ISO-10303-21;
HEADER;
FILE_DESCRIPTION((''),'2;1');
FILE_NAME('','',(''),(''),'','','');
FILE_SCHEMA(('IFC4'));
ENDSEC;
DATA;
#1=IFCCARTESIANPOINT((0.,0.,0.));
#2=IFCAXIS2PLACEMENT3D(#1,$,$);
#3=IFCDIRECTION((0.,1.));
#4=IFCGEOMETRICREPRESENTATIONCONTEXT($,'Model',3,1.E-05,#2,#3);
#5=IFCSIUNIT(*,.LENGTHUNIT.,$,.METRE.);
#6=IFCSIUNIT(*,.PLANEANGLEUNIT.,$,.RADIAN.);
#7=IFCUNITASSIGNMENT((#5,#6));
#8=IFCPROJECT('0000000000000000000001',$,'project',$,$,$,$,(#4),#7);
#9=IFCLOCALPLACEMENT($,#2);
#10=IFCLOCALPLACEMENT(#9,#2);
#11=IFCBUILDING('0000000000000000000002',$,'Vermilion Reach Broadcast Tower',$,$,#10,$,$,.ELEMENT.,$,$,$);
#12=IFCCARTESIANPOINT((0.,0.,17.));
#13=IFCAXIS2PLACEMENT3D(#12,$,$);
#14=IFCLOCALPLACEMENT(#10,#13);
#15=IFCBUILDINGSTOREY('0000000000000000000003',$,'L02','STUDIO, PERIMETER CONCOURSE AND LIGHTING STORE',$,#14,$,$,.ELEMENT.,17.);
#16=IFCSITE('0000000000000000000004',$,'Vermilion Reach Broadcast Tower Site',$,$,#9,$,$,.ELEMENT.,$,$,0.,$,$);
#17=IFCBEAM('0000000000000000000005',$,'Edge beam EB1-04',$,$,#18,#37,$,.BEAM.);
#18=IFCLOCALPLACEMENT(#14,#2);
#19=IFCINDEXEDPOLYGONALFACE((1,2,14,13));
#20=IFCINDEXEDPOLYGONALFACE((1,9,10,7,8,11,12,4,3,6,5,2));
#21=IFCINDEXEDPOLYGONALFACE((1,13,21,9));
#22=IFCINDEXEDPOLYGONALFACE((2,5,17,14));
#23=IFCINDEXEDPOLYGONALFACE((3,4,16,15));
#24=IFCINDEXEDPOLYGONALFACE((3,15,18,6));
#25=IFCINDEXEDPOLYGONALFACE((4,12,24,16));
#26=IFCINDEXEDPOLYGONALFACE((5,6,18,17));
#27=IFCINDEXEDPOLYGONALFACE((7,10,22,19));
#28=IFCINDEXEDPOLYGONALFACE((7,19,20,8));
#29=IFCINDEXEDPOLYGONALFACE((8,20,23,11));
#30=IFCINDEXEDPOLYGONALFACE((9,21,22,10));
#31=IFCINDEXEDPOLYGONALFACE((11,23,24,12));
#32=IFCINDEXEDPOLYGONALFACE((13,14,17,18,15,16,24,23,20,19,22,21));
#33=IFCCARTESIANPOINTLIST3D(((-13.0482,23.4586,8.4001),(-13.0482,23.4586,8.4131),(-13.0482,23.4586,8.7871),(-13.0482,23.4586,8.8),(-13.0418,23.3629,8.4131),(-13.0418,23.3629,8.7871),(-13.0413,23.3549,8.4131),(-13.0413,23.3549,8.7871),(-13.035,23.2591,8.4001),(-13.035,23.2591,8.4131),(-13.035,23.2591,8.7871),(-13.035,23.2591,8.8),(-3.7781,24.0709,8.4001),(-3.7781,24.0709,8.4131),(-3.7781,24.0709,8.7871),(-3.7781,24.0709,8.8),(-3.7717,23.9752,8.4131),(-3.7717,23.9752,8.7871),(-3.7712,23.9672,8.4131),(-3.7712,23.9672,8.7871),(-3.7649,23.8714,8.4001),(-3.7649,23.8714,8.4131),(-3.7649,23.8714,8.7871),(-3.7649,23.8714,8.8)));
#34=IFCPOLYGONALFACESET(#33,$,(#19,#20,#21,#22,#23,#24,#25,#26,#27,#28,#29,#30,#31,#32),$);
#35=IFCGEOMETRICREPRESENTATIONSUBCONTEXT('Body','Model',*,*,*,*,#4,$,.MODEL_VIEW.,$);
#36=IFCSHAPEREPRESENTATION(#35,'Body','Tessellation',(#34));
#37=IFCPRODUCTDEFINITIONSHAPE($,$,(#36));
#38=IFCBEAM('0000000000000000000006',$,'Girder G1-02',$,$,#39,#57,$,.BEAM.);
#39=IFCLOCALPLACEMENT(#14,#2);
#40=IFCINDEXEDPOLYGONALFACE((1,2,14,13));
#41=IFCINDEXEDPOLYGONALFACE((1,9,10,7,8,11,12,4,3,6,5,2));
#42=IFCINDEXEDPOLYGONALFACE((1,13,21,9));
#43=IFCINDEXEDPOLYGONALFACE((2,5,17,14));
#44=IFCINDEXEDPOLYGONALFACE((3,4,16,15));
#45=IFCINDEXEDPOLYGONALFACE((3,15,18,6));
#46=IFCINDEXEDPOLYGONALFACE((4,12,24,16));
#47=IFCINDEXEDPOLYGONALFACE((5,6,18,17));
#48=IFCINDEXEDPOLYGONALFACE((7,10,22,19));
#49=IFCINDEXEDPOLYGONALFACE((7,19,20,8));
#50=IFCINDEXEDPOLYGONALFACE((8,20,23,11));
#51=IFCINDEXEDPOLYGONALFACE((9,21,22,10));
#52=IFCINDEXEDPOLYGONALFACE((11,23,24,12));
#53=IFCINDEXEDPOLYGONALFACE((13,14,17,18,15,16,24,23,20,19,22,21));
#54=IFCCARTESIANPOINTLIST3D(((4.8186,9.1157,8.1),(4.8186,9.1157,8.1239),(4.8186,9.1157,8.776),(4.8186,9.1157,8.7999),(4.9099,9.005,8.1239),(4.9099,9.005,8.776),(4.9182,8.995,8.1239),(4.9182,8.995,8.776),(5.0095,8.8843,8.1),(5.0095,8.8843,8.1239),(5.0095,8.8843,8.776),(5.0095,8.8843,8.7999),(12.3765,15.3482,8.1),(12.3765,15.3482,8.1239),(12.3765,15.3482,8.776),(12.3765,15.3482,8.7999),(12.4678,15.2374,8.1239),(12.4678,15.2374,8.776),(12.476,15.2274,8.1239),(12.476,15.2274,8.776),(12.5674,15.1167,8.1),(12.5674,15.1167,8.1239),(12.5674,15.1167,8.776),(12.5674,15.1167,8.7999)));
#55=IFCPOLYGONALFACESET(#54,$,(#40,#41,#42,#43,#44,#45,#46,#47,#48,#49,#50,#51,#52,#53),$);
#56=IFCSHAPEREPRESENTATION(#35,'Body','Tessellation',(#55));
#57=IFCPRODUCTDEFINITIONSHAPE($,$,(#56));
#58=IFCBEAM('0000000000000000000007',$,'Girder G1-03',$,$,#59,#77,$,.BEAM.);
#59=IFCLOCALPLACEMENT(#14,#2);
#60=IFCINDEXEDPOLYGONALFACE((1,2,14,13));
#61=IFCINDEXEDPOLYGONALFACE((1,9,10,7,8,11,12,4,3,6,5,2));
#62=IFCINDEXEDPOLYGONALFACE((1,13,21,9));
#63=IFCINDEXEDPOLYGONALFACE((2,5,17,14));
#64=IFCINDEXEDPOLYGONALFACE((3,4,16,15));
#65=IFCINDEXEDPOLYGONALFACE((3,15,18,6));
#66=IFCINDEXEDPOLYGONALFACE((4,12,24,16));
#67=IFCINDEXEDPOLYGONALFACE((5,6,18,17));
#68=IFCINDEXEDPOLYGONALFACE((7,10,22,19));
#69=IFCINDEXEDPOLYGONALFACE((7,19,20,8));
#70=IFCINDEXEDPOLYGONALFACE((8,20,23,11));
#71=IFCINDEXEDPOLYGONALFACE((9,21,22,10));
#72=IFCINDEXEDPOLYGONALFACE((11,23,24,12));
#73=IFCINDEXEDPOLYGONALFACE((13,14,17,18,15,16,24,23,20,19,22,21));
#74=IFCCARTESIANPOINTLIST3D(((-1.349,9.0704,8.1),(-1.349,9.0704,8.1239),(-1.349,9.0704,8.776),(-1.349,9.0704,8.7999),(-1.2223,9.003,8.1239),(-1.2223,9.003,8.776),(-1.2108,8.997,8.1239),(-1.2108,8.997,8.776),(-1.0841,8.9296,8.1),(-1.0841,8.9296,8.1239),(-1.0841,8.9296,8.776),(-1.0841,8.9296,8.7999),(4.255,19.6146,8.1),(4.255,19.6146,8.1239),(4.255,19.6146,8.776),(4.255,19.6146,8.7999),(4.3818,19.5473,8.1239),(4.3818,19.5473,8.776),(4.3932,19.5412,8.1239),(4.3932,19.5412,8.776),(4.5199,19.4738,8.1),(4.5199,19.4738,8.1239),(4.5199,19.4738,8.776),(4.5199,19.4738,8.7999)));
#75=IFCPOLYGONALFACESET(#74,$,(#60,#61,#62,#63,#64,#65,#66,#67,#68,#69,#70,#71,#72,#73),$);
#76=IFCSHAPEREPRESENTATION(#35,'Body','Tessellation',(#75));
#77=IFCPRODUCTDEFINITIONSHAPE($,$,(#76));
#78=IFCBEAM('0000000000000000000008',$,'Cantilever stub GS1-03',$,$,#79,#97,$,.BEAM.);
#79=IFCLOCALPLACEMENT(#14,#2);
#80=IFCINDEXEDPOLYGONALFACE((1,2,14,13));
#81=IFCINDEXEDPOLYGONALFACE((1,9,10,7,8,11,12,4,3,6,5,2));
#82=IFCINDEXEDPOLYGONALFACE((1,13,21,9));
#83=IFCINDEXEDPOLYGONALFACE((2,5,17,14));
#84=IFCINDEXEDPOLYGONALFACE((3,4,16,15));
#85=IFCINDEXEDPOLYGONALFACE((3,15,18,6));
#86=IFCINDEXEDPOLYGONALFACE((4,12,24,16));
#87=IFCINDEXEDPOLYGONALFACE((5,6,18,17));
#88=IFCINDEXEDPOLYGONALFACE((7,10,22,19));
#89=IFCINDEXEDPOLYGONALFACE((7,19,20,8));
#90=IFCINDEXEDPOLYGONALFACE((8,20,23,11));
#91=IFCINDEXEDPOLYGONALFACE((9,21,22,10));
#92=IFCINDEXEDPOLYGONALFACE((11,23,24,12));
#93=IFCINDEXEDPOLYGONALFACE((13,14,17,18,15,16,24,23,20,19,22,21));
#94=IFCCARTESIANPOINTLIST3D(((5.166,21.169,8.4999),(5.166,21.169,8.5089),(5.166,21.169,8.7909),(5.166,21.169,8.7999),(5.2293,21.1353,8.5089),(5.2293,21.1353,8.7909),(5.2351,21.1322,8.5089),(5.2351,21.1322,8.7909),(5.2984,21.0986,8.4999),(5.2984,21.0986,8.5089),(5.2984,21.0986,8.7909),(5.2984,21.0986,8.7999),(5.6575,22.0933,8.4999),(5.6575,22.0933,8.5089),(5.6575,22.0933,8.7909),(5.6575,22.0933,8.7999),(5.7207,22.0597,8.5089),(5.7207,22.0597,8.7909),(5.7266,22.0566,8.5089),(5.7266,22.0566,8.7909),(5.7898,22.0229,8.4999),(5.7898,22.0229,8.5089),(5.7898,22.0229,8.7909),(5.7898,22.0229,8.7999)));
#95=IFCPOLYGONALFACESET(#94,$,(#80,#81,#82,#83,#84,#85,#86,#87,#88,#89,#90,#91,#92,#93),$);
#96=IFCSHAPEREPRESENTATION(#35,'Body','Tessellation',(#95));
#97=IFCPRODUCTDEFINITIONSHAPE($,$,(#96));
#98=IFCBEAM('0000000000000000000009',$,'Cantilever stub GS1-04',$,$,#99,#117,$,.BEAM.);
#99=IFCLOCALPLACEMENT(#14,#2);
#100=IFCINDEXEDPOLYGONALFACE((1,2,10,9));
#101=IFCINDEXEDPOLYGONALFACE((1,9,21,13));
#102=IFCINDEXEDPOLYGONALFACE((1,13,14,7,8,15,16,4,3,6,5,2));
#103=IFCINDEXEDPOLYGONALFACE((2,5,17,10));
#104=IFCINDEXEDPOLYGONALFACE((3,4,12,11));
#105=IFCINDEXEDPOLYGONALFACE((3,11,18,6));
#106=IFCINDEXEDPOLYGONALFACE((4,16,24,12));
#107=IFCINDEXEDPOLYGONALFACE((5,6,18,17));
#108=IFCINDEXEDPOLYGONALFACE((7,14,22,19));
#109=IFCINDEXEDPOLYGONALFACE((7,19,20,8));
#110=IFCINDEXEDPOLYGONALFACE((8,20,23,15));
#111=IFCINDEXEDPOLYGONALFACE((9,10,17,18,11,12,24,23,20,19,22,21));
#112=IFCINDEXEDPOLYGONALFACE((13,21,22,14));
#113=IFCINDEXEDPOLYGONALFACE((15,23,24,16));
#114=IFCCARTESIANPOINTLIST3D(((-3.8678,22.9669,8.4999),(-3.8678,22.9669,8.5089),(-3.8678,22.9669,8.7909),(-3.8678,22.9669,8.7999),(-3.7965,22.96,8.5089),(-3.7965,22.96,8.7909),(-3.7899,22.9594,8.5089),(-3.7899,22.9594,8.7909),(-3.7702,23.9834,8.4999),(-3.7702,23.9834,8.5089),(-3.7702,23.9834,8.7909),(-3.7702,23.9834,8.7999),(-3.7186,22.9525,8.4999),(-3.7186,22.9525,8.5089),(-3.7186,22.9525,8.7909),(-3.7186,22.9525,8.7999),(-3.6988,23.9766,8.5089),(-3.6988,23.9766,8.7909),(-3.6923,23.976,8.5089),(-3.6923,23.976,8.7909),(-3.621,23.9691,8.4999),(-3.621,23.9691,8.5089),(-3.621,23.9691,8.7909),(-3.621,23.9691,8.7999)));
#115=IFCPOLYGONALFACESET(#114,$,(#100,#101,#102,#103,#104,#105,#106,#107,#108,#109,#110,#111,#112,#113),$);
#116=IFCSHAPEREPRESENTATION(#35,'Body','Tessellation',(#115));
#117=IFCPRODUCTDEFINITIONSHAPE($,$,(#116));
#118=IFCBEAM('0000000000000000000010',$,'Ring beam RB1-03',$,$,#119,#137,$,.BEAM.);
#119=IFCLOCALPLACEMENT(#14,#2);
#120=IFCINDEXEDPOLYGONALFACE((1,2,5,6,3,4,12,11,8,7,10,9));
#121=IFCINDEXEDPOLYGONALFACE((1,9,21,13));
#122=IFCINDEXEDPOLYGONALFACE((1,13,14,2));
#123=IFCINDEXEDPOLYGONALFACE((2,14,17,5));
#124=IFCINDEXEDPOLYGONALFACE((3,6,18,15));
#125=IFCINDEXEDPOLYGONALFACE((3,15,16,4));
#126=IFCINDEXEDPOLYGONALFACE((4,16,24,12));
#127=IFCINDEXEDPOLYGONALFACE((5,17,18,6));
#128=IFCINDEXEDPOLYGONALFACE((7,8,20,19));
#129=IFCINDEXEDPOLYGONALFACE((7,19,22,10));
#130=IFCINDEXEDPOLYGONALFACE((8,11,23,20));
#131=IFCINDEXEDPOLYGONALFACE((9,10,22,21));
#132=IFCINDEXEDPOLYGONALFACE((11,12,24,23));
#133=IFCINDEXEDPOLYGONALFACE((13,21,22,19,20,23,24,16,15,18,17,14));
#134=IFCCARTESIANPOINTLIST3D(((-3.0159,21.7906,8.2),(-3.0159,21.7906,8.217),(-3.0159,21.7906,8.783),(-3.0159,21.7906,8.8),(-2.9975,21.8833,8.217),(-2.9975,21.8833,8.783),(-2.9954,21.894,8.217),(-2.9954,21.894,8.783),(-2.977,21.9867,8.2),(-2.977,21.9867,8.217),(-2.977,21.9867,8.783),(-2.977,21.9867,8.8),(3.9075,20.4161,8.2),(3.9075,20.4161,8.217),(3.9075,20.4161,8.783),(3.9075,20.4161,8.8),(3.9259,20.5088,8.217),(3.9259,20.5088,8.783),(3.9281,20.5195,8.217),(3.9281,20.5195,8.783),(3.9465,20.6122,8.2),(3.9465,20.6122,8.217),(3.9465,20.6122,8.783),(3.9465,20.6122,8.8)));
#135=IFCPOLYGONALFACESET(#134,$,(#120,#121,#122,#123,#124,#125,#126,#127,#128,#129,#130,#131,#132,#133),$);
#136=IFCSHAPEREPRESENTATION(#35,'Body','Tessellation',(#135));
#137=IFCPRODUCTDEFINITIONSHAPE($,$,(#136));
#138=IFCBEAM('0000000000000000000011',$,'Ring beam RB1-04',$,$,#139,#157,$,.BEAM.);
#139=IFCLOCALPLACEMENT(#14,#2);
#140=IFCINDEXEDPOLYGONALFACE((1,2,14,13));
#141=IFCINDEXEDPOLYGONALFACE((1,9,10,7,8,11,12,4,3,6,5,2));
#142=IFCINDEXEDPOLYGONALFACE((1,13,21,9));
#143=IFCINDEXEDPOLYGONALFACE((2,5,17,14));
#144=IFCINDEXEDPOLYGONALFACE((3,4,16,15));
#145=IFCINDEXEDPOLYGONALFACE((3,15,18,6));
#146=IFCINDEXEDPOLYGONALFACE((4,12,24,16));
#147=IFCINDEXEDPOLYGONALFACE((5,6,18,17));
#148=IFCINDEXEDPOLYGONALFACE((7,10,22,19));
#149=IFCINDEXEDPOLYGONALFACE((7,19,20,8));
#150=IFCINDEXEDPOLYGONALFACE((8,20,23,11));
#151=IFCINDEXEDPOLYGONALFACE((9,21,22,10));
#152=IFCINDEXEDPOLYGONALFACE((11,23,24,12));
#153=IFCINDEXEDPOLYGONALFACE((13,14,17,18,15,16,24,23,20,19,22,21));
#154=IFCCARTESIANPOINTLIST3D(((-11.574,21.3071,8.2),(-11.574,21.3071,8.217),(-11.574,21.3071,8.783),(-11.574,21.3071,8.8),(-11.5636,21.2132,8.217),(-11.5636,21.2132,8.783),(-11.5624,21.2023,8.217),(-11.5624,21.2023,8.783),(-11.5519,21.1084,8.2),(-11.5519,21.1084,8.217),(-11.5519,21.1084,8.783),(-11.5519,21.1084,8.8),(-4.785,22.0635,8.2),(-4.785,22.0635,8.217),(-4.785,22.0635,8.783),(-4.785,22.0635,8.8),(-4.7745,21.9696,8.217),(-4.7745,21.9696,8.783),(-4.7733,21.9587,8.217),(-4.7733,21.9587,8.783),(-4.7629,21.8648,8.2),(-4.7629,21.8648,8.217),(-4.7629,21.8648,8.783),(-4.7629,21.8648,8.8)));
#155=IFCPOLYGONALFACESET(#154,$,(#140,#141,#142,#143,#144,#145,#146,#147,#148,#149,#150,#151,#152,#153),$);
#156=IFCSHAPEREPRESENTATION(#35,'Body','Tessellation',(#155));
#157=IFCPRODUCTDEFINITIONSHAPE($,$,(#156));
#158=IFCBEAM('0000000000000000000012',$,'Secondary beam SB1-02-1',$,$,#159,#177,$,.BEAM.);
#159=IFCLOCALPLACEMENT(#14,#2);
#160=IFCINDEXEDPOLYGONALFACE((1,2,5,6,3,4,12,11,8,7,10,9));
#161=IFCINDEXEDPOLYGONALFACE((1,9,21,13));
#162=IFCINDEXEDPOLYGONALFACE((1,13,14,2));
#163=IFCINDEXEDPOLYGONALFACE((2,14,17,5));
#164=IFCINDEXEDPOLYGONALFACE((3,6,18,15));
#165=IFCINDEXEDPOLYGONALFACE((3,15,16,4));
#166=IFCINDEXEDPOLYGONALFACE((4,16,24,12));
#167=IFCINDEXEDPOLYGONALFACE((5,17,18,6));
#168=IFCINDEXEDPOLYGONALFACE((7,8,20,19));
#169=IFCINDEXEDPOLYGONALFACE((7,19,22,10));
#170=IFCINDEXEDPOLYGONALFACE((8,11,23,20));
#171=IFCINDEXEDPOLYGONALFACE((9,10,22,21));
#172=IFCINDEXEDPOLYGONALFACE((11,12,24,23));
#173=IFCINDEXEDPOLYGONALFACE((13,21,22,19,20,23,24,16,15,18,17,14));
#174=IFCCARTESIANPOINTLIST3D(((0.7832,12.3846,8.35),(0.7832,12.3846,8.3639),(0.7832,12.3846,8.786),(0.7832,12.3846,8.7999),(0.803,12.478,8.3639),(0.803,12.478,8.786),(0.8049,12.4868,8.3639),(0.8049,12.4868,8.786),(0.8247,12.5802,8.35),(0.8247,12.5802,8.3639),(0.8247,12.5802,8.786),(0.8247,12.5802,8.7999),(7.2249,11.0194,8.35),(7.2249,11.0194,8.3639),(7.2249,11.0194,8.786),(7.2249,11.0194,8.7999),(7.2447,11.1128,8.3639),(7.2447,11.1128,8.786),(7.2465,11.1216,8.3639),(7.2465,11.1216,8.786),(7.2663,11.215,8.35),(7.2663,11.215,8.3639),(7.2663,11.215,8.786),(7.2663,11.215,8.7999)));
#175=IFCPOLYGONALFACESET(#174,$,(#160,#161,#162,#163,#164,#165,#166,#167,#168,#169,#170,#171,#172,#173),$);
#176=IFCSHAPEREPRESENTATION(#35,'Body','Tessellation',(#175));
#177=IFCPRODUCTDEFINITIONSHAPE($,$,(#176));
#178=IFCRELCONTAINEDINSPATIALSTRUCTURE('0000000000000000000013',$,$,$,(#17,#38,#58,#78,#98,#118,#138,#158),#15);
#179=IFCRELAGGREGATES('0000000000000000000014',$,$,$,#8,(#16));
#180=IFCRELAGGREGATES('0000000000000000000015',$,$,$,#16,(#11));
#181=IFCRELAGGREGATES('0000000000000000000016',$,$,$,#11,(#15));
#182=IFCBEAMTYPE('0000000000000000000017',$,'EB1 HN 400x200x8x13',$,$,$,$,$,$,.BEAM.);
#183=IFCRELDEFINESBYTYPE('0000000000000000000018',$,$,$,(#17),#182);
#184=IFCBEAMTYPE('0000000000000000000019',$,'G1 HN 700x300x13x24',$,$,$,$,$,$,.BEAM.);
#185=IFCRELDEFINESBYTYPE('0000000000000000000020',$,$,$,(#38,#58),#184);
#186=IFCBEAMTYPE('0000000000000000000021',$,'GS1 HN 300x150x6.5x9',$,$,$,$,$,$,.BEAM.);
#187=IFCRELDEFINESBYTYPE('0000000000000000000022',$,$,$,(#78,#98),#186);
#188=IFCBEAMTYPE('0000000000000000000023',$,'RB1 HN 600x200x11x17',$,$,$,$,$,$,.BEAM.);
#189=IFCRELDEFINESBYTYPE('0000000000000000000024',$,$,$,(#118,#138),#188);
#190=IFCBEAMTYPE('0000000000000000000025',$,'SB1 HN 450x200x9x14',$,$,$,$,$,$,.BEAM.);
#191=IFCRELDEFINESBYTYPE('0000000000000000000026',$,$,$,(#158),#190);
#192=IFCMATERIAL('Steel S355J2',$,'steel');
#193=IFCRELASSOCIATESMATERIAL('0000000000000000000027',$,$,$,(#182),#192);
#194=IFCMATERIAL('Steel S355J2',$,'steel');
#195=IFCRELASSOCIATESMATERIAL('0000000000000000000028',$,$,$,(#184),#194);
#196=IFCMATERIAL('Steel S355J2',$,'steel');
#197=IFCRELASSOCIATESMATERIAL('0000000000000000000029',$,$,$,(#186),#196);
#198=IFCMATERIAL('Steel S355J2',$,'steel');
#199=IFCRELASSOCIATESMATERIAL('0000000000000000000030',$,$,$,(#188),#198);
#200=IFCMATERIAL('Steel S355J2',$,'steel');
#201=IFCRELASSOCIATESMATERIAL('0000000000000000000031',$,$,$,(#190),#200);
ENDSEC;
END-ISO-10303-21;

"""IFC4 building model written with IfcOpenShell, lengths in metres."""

from ifc_helpers import new_model, si_unit, direction, frame, origin, origin_2d, place, context, subcontext, project, spatial, i_section, extrude, material, material_profile, profile_set, type_object, element, save


model = new_model("IFC4")

# Units and contexts
model_context = context("Model", 3, precision=1e-05, world=origin(), true_north=direction((0.0, 1.0)))
body_context = subcontext(model_context, "Body", "Model", "MODEL_VIEW")
ifc_project = project(units=[si_unit("LENGTHUNIT", "METRE"), si_unit("PLANEANGLEUNIT", "RADIAN")], contexts=[model_context])

# Site, building, storey
site_placement = place(None, origin())
site = spatial("IfcSite", under=ifc_project, at=site_placement, Name="Vermilion Reach Broadcast Tower Site", CompositionType="ELEMENT", RefElevation=0.0)
building_placement = place(site_placement, origin())
building = spatial("IfcBuilding", under=site, at=building_placement, Name="Vermilion Reach Broadcast Tower", CompositionType="ELEMENT")
storey_placement = place(building_placement, frame((0.0, 0.0, 17.0)))
storey = spatial("IfcBuildingStorey", under=building, at=storey_placement, Name="L02", Description="STUDIO, PERIMETER CONCOURSE AND LIGHTING STORE", CompositionType="ELEMENT", Elevation=17.0)

# Beams
ifc_material_1 = material(Name="Steel S355J2", Category="steel")
ifc_material_profile_1 = material_profile(ifc_material_1, i_section(OverallWidth=0.2, OverallDepth=0.3999, WebThickness=0.0081, FlangeThickness=0.0129, at=origin_2d()), Name="S355J2 HN 400x200x8x13")
ifc_profile_set_1 = profile_set([ifc_material_profile_1], Name="Steel S355J2")
beam_type_1 = type_object("IfcBeamType", Name="EB1 HN 400x200x8x13", PredefinedType="BEAM", material=ifc_profile_set_1)
beam_1_placement = place(storey_placement, frame((-3.7715, 23.9712, 8.6001), z_axis=(-0.997826, -0.065909, 0.0), x_axis=(0.065909, -0.997826, 0.0)))
element("IfcBeam", 1, at=beam_1_placement, inside=storey, type_object=beam_type_1, Name="Edge beam EB1-04", PredefinedType="BEAM", context=body_context, shape_type="SweptSolid", body=[
    extrude(i_section(OverallWidth=0.2, OverallDepth=0.3999, WebThickness=0.0081, FlangeThickness=0.0129, at=origin_2d()), origin(), (0.0, 0.0, 1.0), 9.2903),
])
ifc_material_2 = material(Name="Steel S355J2", Category="steel")
ifc_material_profile_2 = material_profile(ifc_material_2, i_section(OverallWidth=0.3, OverallDepth=0.7, WebThickness=0.0129, FlangeThickness=0.0239, at=origin_2d()), Name="S355J2 HN 700x300x13x24")
ifc_profile_set_2 = profile_set([ifc_material_profile_2], Name="Steel S355J2")
beam_type_2 = type_object("IfcBeamType", Name="G1 HN 700x300x13x24", PredefinedType="BEAM", material=ifc_profile_set_2)
beam_2_placement = place(storey_placement, frame((4.9141, 9.0, 8.45), z_axis=(0.771514, 0.636212, 0.0), x_axis=(-0.636212, 0.771514, 0.0)))
element("IfcBeam", 2, at=beam_2_placement, inside=storey, type_object=beam_type_2, Name="Girder G1-02", PredefinedType="BEAM", context=body_context, shape_type="SweptSolid", body=[
    extrude(i_section(OverallWidth=0.3, OverallDepth=0.7, WebThickness=0.0129, FlangeThickness=0.0239, at=origin_2d()), origin(), (0.0, 0.0, 1.0), 9.7961),
])
beam_3_placement = place(storey_placement, frame((-1.2166, 9.0, 8.45), z_axis=(0.469312, 0.883032, 0.0), x_axis=(-0.883032, 0.469312, 0.0)))
element("IfcBeam", 3, at=beam_3_placement, inside=storey, type_object=beam_type_2, Name="Girder G1-03", PredefinedType="BEAM", context=body_context, shape_type="SweptSolid", body=[
    extrude(i_section(OverallWidth=0.3, OverallDepth=0.7, WebThickness=0.0129, FlangeThickness=0.0239, at=origin_2d()), origin(), (0.0, 0.0, 1.0), 11.9409),
])
ifc_material_3 = material(Name="Steel S355J2", Category="steel")
ifc_material_profile_3 = material_profile(ifc_material_3, i_section(OverallWidth=0.1499, OverallDepth=0.3, WebThickness=0.0066, FlangeThickness=0.009, at=origin_2d()), Name="S355J2 HN 300x150x6.5x9")
ifc_profile_set_3 = profile_set([ifc_material_profile_3], Name="Steel S355J2")
beam_type_3 = type_object("IfcBeamType", Name="GS1 HN 300x150x6.5x9", PredefinedType="BEAM", material=ifc_profile_set_3)
beam_4_placement = place(storey_placement, frame((5.2322, 21.1338, 8.6499), z_axis=(0.469462, 0.882953, 0.0), x_axis=(-0.882953, 0.469462, 0.0)))
element("IfcBeam", 4, at=beam_4_placement, inside=storey, type_object=beam_type_3, Name="Cantilever stub GS1-03", PredefinedType="BEAM", context=body_context, shape_type="SweptSolid", body=[
    extrude(i_section(OverallWidth=0.1499, OverallDepth=0.3, WebThickness=0.0066, FlangeThickness=0.009, at=origin_2d()), origin(), (0.0, 0.0, 1.0), 1.0469),
])
beam_5_placement = place(storey_placement, frame((-3.7932, 22.9597, 8.6499), z_axis=(0.095621, 0.995418, 0.0), x_axis=(-0.995418, 0.095621, 0.0)))
element("IfcBeam", 5, at=beam_5_placement, inside=storey, type_object=beam_type_3, Name="Cantilever stub GS1-04", PredefinedType="BEAM", context=body_context, shape_type="SweptSolid", body=[
    extrude(i_section(OverallWidth=0.1499, OverallDepth=0.3, WebThickness=0.0066, FlangeThickness=0.009, at=origin_2d()), origin(), (0.0, 0.0, 1.0), 1.0212),
])
ifc_material_4 = material(Name="Steel S355J2", Category="steel")
ifc_material_profile_4 = material_profile(ifc_material_4, i_section(OverallWidth=0.2, OverallDepth=0.6001, WebThickness=0.011, FlangeThickness=0.0171, at=origin_2d()), Name="S355J2 HN 600x200x11x17")
ifc_profile_set_4 = profile_set([ifc_material_profile_4], Name="Steel S355J2")
beam_type_4 = type_object("IfcBeamType", Name="RB1 HN 600x200x11x17", PredefinedType="BEAM", material=ifc_profile_set_4)
beam_6_placement = place(storey_placement, frame((3.927, 20.5142, 8.5), z_axis=(-0.980858, 0.194726, 0.0), x_axis=(-0.194726, -0.980858, 0.0)))
element("IfcBeam", 6, at=beam_6_placement, inside=storey, type_object=beam_type_4, Name="Ring beam RB1-03", PredefinedType="BEAM", context=body_context, shape_type="SweptSolid", body=[
    extrude(i_section(OverallWidth=0.2, OverallDepth=0.6001, WebThickness=0.011, FlangeThickness=0.0171, at=origin_2d()), origin(), (0.0, 0.0, 1.0), 7.0586),
])
beam_7_placement = place(storey_placement, frame((-4.7739, 21.9641, 8.5), z_axis=(-0.993851, -0.110722, 0.0), x_axis=(0.110722, -0.993851, 0.0)))
element("IfcBeam", 7, at=beam_7_placement, inside=storey, type_object=beam_type_4, Name="Ring beam RB1-04", PredefinedType="BEAM", context=body_context, shape_type="SweptSolid", body=[
    extrude(i_section(OverallWidth=0.2, OverallDepth=0.6001, WebThickness=0.011, FlangeThickness=0.0171, at=origin_2d()), origin(), (0.0, 0.0, 1.0), 6.8311),
])
ifc_material_5 = material(Name="Steel S355J2", Category="steel")
ifc_material_profile_5 = material_profile(ifc_material_5, i_section(OverallWidth=0.2, OverallDepth=0.45, WebThickness=0.009, FlangeThickness=0.0139, at=origin_2d()), Name="S355J2 HN 450x200x9x14")
ifc_profile_set_5 = profile_set([ifc_material_profile_5], Name="Steel S355J2")
beam_type_5 = type_object("IfcBeamType", Name="SB1 HN 450x200x9x14", PredefinedType="BEAM", material=ifc_profile_set_5)
beam_8_placement = place(storey_placement, frame((7.2456, 11.1172, 8.575), z_axis=(-0.97827, 0.207333, 0.0), x_axis=(-0.207333, -0.97827, 0.0)))
element("IfcBeam", 8, at=beam_8_placement, inside=storey, type_object=beam_type_5, Name="Secondary beam SB1-02-1", PredefinedType="BEAM", context=body_context, shape_type="SweptSolid", body=[
    extrude(i_section(OverallWidth=0.2, OverallDepth=0.45, WebThickness=0.009, FlangeThickness=0.0139, at=origin_2d()), origin(), (0.0, 0.0, 1.0), 6.5847),
])

save(model, "model.ifc")
